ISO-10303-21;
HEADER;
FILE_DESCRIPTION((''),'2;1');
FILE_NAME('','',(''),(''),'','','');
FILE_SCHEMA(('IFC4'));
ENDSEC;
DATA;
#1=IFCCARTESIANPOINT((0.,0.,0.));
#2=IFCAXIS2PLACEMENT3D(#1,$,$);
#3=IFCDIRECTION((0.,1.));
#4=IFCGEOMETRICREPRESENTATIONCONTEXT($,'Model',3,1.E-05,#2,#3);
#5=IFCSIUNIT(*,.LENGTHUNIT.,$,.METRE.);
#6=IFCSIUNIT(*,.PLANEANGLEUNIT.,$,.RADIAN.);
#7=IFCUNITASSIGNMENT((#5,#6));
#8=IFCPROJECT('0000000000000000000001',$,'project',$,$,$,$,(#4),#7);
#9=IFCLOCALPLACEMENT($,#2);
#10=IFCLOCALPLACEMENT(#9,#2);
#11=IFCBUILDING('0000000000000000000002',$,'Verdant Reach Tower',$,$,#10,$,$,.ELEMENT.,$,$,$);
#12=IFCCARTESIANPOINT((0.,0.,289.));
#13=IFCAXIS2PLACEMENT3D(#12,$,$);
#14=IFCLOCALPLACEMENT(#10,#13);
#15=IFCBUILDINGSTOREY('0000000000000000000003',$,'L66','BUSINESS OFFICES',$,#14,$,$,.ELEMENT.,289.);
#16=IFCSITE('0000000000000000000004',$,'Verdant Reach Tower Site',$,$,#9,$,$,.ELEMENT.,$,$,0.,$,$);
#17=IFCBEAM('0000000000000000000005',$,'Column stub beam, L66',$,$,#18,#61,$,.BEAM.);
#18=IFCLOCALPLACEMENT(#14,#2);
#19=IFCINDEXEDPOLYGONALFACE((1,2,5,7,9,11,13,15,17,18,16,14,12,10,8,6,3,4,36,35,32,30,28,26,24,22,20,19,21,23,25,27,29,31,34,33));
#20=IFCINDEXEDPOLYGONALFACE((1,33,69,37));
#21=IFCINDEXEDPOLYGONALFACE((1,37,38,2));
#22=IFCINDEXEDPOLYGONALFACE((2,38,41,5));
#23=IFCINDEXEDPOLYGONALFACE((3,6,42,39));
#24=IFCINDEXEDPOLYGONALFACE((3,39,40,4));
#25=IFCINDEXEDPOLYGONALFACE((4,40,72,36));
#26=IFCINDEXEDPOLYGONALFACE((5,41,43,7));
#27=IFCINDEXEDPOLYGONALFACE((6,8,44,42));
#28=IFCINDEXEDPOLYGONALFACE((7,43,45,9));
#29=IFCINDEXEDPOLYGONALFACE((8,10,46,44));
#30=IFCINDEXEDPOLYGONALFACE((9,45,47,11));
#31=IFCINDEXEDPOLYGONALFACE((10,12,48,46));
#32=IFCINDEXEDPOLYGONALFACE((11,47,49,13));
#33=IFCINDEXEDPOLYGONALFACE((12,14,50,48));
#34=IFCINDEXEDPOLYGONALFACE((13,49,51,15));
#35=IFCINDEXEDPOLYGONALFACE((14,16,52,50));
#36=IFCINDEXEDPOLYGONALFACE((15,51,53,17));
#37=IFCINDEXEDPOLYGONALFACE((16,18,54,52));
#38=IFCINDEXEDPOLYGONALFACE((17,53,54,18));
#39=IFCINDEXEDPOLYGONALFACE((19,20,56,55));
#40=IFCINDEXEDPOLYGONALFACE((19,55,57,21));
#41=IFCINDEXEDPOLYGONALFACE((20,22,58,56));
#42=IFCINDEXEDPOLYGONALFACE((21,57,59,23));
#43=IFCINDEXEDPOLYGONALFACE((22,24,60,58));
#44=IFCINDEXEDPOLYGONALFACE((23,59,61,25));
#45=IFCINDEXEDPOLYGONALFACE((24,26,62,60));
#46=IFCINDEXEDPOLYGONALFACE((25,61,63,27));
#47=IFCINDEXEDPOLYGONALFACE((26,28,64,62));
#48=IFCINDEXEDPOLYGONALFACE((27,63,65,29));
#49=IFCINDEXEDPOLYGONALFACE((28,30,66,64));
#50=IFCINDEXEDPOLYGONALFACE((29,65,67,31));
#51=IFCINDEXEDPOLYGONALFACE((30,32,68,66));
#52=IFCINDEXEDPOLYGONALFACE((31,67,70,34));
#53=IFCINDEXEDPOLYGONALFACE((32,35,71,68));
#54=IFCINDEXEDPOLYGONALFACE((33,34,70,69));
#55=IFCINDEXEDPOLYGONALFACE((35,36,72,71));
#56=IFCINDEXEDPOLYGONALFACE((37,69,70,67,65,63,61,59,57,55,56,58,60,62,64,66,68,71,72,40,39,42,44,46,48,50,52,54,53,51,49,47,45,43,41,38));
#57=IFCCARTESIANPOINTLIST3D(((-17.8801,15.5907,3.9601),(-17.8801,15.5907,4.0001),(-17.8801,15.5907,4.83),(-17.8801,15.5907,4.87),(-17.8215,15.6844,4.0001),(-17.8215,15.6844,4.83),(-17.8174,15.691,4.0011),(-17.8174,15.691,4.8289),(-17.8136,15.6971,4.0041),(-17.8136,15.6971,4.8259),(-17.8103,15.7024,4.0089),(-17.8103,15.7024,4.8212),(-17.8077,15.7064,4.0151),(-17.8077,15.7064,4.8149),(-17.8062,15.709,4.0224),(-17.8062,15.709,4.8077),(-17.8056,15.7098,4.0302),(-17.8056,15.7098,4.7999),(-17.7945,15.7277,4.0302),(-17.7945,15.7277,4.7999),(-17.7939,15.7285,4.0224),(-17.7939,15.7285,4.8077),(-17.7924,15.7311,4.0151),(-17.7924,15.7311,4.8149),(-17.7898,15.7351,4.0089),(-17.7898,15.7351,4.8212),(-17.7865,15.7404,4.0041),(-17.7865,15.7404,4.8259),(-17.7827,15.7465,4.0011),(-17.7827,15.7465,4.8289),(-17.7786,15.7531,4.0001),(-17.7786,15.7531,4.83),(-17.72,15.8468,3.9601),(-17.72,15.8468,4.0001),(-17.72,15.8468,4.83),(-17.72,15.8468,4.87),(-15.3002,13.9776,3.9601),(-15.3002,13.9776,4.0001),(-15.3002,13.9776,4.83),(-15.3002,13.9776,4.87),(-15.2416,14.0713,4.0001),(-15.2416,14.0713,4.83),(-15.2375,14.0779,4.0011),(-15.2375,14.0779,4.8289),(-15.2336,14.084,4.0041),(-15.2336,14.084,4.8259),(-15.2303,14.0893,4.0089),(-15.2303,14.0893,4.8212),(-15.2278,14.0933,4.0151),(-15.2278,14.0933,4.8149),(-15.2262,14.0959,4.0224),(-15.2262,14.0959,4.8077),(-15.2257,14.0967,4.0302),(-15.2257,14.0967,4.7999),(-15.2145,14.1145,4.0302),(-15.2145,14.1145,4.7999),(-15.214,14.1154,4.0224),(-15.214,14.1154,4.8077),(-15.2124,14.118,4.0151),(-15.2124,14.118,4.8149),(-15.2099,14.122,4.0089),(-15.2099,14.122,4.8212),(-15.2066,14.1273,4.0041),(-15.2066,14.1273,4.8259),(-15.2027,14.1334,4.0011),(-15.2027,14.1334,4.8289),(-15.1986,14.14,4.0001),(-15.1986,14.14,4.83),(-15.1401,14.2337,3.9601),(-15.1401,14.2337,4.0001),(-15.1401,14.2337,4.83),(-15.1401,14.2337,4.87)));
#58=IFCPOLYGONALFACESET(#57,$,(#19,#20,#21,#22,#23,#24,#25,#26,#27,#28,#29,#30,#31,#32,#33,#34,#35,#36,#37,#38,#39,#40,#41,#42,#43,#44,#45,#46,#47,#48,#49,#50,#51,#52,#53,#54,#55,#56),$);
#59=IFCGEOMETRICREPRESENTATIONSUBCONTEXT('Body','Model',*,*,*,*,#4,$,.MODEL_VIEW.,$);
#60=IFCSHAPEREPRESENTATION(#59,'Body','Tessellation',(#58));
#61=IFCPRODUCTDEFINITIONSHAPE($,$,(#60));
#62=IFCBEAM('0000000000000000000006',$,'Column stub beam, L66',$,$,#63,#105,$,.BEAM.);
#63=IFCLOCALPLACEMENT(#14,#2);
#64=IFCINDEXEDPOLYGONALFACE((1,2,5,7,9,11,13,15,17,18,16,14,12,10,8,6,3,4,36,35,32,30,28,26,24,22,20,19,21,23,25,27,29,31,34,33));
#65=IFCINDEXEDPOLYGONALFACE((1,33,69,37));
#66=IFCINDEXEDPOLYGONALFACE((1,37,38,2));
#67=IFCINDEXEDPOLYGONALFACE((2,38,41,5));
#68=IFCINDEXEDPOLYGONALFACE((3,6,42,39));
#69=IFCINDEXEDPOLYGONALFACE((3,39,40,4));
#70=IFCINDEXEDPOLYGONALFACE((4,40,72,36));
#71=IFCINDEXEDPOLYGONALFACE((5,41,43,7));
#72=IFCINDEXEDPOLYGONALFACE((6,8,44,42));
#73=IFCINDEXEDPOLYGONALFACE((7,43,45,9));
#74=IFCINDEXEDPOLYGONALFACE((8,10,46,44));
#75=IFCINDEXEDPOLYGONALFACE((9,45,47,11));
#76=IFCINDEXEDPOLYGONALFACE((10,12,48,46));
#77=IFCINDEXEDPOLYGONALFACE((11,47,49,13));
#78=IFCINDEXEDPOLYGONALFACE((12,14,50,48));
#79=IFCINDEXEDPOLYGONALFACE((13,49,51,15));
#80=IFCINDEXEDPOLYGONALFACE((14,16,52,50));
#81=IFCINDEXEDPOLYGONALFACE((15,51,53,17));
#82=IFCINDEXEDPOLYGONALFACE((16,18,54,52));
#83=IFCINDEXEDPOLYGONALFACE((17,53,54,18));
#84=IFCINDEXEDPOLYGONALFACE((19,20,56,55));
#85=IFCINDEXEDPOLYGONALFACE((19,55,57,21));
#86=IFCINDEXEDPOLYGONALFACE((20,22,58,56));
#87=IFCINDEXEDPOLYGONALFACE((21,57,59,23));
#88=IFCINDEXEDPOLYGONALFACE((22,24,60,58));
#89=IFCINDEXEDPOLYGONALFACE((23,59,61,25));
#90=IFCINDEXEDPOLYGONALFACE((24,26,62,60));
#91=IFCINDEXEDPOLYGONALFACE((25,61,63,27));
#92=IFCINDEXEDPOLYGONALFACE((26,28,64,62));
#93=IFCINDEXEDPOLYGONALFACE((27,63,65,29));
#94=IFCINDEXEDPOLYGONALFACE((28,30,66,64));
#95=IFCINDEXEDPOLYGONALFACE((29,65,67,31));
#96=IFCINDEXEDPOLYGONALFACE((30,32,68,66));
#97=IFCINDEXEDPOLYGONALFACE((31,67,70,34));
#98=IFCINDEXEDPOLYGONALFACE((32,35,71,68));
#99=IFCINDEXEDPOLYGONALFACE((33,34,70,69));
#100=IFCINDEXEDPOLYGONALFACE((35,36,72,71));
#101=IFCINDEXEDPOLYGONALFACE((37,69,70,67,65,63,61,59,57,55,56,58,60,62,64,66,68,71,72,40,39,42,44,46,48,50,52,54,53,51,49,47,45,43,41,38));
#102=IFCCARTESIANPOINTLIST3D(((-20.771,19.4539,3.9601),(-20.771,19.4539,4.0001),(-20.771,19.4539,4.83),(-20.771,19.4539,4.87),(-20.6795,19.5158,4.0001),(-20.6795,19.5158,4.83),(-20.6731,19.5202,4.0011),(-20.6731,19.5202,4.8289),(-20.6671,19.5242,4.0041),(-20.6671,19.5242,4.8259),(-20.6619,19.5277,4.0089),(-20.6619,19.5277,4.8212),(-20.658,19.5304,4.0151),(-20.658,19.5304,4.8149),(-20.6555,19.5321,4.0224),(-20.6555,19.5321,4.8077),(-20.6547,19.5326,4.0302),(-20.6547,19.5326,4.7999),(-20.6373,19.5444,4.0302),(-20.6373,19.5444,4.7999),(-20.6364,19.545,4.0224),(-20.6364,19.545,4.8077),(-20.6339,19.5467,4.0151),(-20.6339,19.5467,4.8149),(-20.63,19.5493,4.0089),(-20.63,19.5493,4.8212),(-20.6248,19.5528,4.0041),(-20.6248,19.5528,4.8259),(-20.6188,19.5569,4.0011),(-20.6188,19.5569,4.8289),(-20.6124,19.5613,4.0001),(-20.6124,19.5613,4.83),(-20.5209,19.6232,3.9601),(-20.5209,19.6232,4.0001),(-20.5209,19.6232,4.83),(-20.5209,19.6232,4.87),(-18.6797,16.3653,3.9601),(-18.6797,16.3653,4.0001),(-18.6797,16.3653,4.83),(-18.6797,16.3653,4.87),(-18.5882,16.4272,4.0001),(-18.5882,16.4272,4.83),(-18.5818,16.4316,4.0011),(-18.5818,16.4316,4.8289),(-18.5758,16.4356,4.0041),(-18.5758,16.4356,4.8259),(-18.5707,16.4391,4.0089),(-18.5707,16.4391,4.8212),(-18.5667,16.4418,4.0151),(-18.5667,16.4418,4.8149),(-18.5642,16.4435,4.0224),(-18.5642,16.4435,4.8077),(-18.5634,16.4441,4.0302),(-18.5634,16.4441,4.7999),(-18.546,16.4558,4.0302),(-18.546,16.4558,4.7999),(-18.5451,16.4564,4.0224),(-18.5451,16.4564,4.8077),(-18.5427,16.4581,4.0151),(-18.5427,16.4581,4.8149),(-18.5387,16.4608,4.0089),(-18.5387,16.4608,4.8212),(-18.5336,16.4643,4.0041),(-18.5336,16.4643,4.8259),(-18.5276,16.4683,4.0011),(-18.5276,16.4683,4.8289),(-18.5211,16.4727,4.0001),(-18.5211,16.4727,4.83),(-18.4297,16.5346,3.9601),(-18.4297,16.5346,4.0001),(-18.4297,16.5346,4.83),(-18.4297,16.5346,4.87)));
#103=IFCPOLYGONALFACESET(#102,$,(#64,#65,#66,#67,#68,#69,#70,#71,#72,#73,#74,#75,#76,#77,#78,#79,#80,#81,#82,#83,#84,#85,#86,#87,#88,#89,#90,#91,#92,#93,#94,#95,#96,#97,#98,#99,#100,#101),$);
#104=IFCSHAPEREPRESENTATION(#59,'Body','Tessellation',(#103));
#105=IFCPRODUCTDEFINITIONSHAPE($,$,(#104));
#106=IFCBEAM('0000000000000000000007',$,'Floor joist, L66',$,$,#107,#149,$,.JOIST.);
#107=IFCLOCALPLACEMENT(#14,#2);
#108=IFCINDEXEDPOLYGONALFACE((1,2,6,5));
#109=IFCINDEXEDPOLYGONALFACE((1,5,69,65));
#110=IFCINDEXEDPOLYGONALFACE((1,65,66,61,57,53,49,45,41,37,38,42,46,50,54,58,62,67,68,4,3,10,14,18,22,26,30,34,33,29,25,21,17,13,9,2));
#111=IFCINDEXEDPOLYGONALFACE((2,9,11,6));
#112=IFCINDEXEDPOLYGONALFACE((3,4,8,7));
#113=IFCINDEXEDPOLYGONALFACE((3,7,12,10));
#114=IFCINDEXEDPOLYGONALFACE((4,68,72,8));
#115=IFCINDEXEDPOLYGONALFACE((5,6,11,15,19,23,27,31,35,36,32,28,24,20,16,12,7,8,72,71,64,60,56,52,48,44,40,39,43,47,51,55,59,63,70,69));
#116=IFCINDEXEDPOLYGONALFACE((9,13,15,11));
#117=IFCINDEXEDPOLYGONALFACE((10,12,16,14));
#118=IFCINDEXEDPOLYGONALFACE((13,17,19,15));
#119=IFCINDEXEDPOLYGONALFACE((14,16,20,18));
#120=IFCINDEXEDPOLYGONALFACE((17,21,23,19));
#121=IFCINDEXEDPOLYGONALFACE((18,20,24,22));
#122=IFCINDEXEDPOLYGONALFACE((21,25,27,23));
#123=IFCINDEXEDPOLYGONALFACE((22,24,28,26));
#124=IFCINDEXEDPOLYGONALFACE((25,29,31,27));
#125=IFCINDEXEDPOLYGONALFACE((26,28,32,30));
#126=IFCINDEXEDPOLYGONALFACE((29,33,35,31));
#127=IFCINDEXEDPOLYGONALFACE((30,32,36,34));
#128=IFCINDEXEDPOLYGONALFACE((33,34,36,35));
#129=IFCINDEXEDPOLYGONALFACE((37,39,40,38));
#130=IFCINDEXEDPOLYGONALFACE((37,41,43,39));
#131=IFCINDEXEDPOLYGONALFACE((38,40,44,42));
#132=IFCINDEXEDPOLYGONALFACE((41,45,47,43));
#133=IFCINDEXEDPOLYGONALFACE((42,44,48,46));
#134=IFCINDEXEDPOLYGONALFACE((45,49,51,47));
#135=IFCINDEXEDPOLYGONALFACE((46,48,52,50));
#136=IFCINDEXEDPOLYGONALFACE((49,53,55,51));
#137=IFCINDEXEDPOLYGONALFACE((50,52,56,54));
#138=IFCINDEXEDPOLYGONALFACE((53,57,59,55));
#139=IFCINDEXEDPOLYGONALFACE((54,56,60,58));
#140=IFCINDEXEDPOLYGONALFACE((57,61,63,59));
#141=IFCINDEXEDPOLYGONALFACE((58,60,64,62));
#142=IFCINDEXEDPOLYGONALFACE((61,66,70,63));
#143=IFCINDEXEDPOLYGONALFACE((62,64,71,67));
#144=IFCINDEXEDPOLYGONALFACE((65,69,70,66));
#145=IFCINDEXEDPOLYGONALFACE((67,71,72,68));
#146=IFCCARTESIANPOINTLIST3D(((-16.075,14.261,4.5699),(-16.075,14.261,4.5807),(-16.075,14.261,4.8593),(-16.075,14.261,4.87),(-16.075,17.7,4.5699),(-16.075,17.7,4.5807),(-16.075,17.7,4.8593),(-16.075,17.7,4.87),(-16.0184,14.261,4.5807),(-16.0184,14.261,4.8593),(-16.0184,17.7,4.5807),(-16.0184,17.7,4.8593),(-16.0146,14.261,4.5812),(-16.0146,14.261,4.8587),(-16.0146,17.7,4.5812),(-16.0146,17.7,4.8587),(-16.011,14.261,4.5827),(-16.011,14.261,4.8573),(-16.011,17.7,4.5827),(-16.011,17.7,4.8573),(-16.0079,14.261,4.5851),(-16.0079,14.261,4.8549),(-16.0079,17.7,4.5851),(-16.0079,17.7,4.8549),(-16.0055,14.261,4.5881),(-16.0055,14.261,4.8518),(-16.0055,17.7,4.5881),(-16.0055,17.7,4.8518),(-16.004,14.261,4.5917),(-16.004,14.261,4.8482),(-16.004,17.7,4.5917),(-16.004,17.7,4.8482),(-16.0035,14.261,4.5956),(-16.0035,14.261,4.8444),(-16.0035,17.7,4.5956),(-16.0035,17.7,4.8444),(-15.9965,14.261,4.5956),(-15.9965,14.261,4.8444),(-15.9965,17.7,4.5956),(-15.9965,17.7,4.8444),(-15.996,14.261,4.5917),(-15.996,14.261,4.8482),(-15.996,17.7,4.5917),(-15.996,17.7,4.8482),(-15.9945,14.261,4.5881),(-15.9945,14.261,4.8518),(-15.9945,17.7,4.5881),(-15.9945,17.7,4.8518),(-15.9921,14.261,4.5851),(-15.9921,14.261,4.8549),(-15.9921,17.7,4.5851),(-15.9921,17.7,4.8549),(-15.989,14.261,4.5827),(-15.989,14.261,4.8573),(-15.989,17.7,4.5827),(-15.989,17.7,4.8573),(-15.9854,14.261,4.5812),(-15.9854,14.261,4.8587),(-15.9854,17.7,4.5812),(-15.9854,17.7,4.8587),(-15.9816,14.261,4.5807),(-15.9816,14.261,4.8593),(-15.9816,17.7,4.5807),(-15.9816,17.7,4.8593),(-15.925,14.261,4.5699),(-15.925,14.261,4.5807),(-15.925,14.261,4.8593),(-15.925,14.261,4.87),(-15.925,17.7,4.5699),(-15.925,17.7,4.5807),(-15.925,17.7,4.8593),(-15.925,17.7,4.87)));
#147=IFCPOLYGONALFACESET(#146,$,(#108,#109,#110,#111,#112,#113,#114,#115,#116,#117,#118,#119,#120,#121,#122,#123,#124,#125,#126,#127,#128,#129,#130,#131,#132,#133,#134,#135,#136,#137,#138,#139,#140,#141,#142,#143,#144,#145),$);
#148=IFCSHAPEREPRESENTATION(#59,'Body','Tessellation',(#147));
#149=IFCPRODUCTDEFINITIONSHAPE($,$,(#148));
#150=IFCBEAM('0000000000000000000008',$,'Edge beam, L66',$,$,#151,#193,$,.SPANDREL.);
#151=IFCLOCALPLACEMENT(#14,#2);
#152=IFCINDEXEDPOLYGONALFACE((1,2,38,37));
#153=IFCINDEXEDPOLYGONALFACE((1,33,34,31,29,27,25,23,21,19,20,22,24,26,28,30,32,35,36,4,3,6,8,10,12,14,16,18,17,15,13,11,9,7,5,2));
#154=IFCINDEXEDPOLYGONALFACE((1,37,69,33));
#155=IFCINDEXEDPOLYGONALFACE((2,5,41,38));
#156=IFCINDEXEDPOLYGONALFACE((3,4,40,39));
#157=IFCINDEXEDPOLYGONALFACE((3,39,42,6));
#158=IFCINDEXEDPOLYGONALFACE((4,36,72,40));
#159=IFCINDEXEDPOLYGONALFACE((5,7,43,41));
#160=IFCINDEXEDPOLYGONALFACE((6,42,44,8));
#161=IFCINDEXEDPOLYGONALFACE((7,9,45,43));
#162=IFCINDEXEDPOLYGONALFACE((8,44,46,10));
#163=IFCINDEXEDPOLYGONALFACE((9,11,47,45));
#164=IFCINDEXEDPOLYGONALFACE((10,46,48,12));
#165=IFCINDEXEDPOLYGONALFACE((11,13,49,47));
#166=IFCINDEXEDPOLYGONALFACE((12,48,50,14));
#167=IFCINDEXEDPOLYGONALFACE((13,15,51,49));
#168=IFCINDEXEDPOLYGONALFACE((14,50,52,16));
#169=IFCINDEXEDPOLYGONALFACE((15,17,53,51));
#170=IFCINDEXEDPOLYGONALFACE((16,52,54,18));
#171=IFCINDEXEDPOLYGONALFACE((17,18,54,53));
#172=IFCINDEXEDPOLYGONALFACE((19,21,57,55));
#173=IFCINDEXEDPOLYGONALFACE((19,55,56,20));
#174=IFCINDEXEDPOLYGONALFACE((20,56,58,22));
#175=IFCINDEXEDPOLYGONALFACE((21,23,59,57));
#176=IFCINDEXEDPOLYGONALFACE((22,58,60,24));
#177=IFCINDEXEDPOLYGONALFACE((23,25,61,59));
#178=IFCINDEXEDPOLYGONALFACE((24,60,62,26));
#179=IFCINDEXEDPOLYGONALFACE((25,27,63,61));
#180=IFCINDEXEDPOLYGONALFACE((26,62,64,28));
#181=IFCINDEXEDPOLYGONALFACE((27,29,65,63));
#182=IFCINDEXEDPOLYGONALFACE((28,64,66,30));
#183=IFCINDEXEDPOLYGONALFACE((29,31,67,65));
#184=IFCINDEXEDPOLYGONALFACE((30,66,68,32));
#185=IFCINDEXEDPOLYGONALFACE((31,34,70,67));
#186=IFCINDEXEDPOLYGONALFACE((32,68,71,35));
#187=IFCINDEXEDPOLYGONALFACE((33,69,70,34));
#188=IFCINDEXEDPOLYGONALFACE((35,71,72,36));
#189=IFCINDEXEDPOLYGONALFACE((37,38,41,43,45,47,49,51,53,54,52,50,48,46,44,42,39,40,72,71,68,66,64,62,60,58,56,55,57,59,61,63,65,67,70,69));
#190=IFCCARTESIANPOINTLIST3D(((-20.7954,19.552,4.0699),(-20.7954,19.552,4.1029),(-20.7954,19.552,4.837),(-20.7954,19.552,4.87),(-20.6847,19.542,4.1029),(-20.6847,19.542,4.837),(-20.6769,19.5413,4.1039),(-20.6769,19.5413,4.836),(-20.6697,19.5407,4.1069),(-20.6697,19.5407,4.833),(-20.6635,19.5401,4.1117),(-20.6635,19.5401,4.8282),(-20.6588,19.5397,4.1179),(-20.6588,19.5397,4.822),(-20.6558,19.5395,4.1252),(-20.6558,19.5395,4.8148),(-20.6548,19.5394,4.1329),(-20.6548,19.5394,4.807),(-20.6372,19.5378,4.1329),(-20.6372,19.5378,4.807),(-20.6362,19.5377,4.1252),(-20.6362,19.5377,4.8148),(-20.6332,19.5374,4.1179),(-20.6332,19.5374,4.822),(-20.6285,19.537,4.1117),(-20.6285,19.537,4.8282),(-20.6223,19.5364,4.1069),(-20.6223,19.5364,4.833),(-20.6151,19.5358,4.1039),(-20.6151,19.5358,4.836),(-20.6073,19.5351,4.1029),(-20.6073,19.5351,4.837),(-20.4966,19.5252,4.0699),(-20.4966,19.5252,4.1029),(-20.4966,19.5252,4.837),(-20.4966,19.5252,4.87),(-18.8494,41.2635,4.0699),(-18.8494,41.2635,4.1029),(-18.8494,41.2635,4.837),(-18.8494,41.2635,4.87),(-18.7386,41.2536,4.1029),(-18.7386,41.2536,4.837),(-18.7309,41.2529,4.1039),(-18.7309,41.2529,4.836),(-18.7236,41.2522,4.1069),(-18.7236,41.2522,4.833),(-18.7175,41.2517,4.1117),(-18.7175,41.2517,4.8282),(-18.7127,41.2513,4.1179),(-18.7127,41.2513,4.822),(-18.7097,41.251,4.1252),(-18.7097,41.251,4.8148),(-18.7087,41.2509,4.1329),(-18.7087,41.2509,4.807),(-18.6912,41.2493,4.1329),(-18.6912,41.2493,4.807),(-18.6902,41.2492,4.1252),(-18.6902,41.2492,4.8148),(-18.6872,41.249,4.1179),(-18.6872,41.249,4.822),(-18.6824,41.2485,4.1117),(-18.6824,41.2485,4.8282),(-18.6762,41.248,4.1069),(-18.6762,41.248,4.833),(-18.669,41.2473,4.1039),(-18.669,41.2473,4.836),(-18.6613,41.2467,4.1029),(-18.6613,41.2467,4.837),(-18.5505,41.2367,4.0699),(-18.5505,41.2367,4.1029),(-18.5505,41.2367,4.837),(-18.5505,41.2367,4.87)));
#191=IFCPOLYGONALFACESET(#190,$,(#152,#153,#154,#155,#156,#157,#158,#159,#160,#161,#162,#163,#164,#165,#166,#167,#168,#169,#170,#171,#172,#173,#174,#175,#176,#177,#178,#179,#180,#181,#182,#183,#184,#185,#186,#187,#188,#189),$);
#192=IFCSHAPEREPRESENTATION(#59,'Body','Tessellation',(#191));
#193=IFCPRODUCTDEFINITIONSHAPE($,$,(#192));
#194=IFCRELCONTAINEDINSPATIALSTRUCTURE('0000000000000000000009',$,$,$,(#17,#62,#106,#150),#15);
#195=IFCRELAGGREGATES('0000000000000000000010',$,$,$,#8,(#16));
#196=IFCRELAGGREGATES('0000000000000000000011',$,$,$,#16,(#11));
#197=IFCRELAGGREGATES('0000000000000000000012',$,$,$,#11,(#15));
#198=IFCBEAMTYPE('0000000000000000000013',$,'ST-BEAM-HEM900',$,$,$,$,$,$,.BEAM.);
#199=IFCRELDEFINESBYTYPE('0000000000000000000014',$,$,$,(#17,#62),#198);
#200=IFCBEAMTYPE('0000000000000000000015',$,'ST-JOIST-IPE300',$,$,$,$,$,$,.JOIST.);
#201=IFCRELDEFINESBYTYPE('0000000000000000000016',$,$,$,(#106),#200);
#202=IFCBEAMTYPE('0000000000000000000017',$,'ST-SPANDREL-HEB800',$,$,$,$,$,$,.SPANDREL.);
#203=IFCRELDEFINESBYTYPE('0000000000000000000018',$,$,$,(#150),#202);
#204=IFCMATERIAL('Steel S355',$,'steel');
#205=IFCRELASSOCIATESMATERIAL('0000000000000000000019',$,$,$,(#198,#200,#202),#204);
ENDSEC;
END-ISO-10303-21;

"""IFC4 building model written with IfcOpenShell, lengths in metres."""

from ifc_helpers import new_model, si_unit, direction, frame, origin, origin_2d, place, context, subcontext, project, spatial, i_section, extrude, material, material_profile, profile_set, type_object, element, save


model = new_model("IFC4")

# Units and contexts
model_context = context("Model", 3, precision=1e-05, world=origin(), true_north=direction((0.0, 1.0)))
body_context = subcontext(model_context, "Body", "Model", "MODEL_VIEW")
ifc_project = project(units=[si_unit("LENGTHUNIT", "METRE"), si_unit("PLANEANGLEUNIT", "RADIAN")], contexts=[model_context])

# Site, building, storey
site_placement = place(None, origin())
site = spatial("IfcSite", under=ifc_project, at=site_placement, Name="Verdant Reach Tower Site", CompositionType="ELEMENT", RefElevation=0.0)
building_placement = place(site_placement, origin())
building = spatial("IfcBuilding", under=site, at=building_placement, Name="Verdant Reach Tower", CompositionType="ELEMENT")
storey_placement = place(building_placement, frame((0.0, 0.0, 289.0)))
storey = spatial("IfcBuildingStorey", under=building, at=storey_placement, Name="L66", Description="BUSINESS OFFICES", CompositionType="ELEMENT", Elevation=289.0)

# Beams
ifc_material_1 = material(Name="Steel S355", Category="steel")
ifc_material_profile_1 = material_profile(ifc_material_1, i_section(OverallWidth=0.302, OverallDepth=0.9099, WebThickness=0.021, FlangeThickness=0.04, FilletRadius=0.03, at=origin_2d()), Name="HEM 900")
ifc_profile_set_1 = profile_set([ifc_material_profile_1], Name="Steel S355")
beam_type_1 = type_object("IfcBeamType", Name="ST-BEAM-HEM900", PredefinedType="BEAM", material=ifc_profile_set_1)
beam_1_placement = place(storey_placement, frame((-17.8, 15.7188, 4.415), z_axis=(0.847904, -0.53015, 0.0), x_axis=(0.53015, 0.847904, 0.0)))
element("IfcBeam", 1, at=beam_1_placement, inside=storey, type_object=beam_type_1, Name="Column stub beam, L66", PredefinedType="BEAM", context=body_context, shape_type="SweptSolid", body=[
    extrude(i_section(OverallWidth=0.302, OverallDepth=0.9099, WebThickness=0.021, FlangeThickness=0.04, FilletRadius=0.03, at=origin_2d()), origin(), (0.0, 0.0, 1.0), 3.0427),
])
beam_2_placement = place(storey_placement, frame((-18.5547, 16.45, 4.415), z_axis=(-0.560667, 0.828041, 0.0), x_axis=(-0.828041, -0.560667, 0.0)))
element("IfcBeam", 2, at=beam_2_placement, inside=storey, type_object=beam_type_1, Name="Column stub beam, L66", PredefinedType="BEAM", context=body_context, shape_type="SweptSolid", body=[
    extrude(i_section(OverallWidth=0.302, OverallDepth=0.9099, WebThickness=0.021, FlangeThickness=0.04, FilletRadius=0.03, at=origin_2d()), origin(), (0.0, 0.0, 1.0), 3.73),
])
ifc_material_profile_2 = material_profile(ifc_material_1, i_section(OverallWidth=0.1499, OverallDepth=0.3, WebThickness=0.0071, FlangeThickness=0.0107, FilletRadius=0.0149, at=origin_2d()), Name="IPE 300")
ifc_profile_set_2 = profile_set([ifc_material_profile_2], Name="Steel S355")
beam_type_2 = type_object("IfcBeamType", Name="ST-JOIST-IPE300", PredefinedType="JOIST", material=ifc_profile_set_2)
beam_3_placement = place(storey_placement, frame((-16.0, 17.7, 4.72), z_axis=(0.0, -1.0, 0.0), x_axis=(1.0, 0.0, 0.0)))
element("IfcBeam", 3, at=beam_3_placement, inside=storey, type_object=beam_type_2, Name="Floor joist, L66", PredefinedType="JOIST", context=body_context, shape_type="SweptSolid", body=[
    extrude(i_section(OverallWidth=0.1499, OverallDepth=0.3, WebThickness=0.0071, FlangeThickness=0.0107, FilletRadius=0.0149, at=origin_2d()), origin(), (0.0, 0.0, 1.0), 3.439),
])
ifc_material_profile_3 = material_profile(ifc_material_1, i_section(OverallWidth=0.3, OverallDepth=0.8, WebThickness=0.0176, FlangeThickness=0.033, FilletRadius=0.03, at=origin_2d()), Name="HEB 800")
ifc_profile_set_3 = profile_set([ifc_material_profile_3], Name="Steel S355")
beam_type_3 = type_object("IfcBeamType", Name="ST-SPANDREL-HEB800", PredefinedType="SPANDREL", material=ifc_profile_set_3)
beam_4_placement = place(storey_placement, frame((-20.646, 19.5386, 4.47), z_axis=(0.089274, 0.996007, 0.0), x_axis=(-0.996007, 0.089274, 0.0)))
element("IfcBeam", 4, at=beam_4_placement, inside=storey, type_object=beam_type_3, Name="Edge beam, L66", PredefinedType="SPANDREL", context=body_context, shape_type="SweptSolid", body=[
    extrude(i_section(OverallWidth=0.3, OverallDepth=0.8, WebThickness=0.0176, FlangeThickness=0.033, FilletRadius=0.03, at=origin_2d()), origin(), (0.0, 0.0, 1.0), 21.7986),
])

save(model, "model.ifc")
